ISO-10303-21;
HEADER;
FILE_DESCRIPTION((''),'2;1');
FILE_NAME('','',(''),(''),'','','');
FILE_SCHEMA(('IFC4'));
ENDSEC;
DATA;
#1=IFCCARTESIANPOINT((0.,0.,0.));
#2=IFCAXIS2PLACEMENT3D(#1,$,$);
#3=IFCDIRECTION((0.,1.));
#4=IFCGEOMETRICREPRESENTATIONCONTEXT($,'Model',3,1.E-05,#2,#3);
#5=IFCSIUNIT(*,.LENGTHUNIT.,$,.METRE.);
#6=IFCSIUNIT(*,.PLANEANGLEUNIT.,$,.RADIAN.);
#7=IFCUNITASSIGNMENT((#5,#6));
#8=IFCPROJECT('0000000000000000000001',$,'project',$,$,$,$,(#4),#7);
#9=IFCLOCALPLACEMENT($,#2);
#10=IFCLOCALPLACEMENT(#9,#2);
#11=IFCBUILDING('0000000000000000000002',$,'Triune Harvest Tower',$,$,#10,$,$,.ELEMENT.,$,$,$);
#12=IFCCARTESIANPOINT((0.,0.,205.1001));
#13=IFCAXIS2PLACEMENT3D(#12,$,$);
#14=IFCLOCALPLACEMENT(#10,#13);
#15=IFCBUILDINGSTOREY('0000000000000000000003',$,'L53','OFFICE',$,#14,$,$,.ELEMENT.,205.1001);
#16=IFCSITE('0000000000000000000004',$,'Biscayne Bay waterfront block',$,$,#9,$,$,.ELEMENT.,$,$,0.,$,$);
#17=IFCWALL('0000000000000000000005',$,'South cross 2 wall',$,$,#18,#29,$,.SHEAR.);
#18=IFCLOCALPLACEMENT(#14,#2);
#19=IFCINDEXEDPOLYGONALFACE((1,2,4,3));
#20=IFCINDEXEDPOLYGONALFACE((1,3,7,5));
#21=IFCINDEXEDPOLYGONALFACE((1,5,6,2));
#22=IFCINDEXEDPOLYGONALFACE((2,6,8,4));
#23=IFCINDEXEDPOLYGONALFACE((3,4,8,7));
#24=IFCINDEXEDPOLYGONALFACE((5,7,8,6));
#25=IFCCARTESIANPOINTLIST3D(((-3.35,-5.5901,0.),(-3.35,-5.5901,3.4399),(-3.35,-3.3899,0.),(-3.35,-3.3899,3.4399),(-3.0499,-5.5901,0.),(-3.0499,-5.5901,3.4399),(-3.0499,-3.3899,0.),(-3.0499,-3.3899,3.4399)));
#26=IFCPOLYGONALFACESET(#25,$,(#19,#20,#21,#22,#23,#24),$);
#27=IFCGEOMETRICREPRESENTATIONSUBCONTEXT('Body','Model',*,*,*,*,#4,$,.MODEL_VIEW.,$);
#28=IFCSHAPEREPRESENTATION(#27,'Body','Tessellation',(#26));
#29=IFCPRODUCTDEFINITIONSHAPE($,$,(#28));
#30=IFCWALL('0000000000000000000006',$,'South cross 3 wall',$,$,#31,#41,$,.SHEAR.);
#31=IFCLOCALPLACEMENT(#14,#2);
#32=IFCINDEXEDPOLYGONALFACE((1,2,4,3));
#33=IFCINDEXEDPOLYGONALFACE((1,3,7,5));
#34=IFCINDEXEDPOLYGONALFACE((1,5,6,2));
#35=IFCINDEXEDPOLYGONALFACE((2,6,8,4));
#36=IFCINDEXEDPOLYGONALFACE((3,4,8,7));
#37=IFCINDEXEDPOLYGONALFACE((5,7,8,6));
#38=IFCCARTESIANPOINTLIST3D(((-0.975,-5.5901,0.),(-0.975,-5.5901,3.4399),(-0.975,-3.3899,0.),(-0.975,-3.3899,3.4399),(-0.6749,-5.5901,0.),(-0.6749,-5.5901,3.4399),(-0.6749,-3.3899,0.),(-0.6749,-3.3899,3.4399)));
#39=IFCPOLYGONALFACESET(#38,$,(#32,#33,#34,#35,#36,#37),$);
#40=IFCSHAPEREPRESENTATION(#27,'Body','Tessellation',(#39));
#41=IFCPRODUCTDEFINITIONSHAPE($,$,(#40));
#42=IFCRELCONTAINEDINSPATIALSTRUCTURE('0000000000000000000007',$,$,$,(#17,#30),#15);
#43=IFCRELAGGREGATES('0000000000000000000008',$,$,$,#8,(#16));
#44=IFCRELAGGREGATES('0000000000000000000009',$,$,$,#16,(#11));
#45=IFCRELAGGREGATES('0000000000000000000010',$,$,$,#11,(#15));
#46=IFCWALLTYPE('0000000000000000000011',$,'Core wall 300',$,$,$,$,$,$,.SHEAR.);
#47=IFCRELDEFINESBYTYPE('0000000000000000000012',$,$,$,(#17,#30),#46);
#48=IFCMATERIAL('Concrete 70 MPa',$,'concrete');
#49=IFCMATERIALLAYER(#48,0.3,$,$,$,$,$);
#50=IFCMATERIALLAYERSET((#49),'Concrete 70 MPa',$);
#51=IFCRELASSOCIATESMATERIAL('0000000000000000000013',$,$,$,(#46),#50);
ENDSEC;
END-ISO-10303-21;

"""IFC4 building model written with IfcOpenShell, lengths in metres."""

from ifc_helpers import new_model, si_unit, direction, frame, frame_2d, origin, place, context, subcontext, project, spatial, rectangle, extrude, source, transform, mapped, material, layer, layer_set, type_object, element, save


model = new_model("IFC4")

# Units and contexts
model_context = context("Model", 3, precision=1e-05, world=origin(), true_north=direction((0.0, 1.0)))
body_context = subcontext(model_context, "Body", "Model", "MODEL_VIEW")
ifc_project = project(units=[si_unit("LENGTHUNIT", "METRE"), si_unit("PLANEANGLEUNIT", "RADIAN")], contexts=[model_context])

# Site, building, storey
site_placement = place(None, origin())
site = spatial("IfcSite", under=ifc_project, at=site_placement, Name="Biscayne Bay waterfront block", CompositionType="ELEMENT", RefElevation=0.0)
building_placement = place(site_placement, origin())
building = spatial("IfcBuilding", under=site, at=building_placement, Name="Triune Harvest Tower", CompositionType="ELEMENT")
storey_placement = place(building_placement, frame((0.0, 0.0, 205.1001)))
storey = spatial("IfcBuildingStorey", under=building, at=storey_placement, Name="L53", Description="OFFICE", CompositionType="ELEMENT", Elevation=205.1001)

# Shared definitions
ifc_material_1 = material(Name="Concrete 70 MPa", Category="concrete")
ifc_layer_1 = layer(ifc_material_1, 0.3)
ifc_layer_set_1 = layer_set([ifc_layer_1], Name="Concrete 70 MPa")
wall_type_1 = type_object("IfcWallType", Name="Core wall 300", PredefinedType="SHEAR", material=ifc_layer_set_1)

# Walls
shared_shape_1 = source(origin(), body_context, "Body", "SweptSolid", [
    extrude(rectangle(XDim=2.2002, YDim=0.3, at=frame_2d((1.1001, 0.0))), origin(), (0.0, 0.0, 1.0), 3.4399),
])
for number, where, z_axis, x_axis, name in (
    (1, (-3.2, -5.5901, 0.0), (0.0, 0.0, 1.0), (0.0, 1.0, 0.0), "South cross 2 wall"),
    (2, (-0.825, -5.5901, 0.0), (0.0, 0.0, 1.0), (0.0, 1.0, 0.0), "South cross 3 wall"),
):
    element("IfcWall", number, at=place(storey_placement, frame(where, z_axis=z_axis, x_axis=x_axis)), inside=storey, type_object=wall_type_1, Name=name, PredefinedType="SHEAR", context=body_context, shape_type="MappedRepresentation", body=[
        mapped(shared_shape_1, transform((0.0, 0.0, 0.0), scale=1.0)),
    ])

save(model, "model.ifc")
